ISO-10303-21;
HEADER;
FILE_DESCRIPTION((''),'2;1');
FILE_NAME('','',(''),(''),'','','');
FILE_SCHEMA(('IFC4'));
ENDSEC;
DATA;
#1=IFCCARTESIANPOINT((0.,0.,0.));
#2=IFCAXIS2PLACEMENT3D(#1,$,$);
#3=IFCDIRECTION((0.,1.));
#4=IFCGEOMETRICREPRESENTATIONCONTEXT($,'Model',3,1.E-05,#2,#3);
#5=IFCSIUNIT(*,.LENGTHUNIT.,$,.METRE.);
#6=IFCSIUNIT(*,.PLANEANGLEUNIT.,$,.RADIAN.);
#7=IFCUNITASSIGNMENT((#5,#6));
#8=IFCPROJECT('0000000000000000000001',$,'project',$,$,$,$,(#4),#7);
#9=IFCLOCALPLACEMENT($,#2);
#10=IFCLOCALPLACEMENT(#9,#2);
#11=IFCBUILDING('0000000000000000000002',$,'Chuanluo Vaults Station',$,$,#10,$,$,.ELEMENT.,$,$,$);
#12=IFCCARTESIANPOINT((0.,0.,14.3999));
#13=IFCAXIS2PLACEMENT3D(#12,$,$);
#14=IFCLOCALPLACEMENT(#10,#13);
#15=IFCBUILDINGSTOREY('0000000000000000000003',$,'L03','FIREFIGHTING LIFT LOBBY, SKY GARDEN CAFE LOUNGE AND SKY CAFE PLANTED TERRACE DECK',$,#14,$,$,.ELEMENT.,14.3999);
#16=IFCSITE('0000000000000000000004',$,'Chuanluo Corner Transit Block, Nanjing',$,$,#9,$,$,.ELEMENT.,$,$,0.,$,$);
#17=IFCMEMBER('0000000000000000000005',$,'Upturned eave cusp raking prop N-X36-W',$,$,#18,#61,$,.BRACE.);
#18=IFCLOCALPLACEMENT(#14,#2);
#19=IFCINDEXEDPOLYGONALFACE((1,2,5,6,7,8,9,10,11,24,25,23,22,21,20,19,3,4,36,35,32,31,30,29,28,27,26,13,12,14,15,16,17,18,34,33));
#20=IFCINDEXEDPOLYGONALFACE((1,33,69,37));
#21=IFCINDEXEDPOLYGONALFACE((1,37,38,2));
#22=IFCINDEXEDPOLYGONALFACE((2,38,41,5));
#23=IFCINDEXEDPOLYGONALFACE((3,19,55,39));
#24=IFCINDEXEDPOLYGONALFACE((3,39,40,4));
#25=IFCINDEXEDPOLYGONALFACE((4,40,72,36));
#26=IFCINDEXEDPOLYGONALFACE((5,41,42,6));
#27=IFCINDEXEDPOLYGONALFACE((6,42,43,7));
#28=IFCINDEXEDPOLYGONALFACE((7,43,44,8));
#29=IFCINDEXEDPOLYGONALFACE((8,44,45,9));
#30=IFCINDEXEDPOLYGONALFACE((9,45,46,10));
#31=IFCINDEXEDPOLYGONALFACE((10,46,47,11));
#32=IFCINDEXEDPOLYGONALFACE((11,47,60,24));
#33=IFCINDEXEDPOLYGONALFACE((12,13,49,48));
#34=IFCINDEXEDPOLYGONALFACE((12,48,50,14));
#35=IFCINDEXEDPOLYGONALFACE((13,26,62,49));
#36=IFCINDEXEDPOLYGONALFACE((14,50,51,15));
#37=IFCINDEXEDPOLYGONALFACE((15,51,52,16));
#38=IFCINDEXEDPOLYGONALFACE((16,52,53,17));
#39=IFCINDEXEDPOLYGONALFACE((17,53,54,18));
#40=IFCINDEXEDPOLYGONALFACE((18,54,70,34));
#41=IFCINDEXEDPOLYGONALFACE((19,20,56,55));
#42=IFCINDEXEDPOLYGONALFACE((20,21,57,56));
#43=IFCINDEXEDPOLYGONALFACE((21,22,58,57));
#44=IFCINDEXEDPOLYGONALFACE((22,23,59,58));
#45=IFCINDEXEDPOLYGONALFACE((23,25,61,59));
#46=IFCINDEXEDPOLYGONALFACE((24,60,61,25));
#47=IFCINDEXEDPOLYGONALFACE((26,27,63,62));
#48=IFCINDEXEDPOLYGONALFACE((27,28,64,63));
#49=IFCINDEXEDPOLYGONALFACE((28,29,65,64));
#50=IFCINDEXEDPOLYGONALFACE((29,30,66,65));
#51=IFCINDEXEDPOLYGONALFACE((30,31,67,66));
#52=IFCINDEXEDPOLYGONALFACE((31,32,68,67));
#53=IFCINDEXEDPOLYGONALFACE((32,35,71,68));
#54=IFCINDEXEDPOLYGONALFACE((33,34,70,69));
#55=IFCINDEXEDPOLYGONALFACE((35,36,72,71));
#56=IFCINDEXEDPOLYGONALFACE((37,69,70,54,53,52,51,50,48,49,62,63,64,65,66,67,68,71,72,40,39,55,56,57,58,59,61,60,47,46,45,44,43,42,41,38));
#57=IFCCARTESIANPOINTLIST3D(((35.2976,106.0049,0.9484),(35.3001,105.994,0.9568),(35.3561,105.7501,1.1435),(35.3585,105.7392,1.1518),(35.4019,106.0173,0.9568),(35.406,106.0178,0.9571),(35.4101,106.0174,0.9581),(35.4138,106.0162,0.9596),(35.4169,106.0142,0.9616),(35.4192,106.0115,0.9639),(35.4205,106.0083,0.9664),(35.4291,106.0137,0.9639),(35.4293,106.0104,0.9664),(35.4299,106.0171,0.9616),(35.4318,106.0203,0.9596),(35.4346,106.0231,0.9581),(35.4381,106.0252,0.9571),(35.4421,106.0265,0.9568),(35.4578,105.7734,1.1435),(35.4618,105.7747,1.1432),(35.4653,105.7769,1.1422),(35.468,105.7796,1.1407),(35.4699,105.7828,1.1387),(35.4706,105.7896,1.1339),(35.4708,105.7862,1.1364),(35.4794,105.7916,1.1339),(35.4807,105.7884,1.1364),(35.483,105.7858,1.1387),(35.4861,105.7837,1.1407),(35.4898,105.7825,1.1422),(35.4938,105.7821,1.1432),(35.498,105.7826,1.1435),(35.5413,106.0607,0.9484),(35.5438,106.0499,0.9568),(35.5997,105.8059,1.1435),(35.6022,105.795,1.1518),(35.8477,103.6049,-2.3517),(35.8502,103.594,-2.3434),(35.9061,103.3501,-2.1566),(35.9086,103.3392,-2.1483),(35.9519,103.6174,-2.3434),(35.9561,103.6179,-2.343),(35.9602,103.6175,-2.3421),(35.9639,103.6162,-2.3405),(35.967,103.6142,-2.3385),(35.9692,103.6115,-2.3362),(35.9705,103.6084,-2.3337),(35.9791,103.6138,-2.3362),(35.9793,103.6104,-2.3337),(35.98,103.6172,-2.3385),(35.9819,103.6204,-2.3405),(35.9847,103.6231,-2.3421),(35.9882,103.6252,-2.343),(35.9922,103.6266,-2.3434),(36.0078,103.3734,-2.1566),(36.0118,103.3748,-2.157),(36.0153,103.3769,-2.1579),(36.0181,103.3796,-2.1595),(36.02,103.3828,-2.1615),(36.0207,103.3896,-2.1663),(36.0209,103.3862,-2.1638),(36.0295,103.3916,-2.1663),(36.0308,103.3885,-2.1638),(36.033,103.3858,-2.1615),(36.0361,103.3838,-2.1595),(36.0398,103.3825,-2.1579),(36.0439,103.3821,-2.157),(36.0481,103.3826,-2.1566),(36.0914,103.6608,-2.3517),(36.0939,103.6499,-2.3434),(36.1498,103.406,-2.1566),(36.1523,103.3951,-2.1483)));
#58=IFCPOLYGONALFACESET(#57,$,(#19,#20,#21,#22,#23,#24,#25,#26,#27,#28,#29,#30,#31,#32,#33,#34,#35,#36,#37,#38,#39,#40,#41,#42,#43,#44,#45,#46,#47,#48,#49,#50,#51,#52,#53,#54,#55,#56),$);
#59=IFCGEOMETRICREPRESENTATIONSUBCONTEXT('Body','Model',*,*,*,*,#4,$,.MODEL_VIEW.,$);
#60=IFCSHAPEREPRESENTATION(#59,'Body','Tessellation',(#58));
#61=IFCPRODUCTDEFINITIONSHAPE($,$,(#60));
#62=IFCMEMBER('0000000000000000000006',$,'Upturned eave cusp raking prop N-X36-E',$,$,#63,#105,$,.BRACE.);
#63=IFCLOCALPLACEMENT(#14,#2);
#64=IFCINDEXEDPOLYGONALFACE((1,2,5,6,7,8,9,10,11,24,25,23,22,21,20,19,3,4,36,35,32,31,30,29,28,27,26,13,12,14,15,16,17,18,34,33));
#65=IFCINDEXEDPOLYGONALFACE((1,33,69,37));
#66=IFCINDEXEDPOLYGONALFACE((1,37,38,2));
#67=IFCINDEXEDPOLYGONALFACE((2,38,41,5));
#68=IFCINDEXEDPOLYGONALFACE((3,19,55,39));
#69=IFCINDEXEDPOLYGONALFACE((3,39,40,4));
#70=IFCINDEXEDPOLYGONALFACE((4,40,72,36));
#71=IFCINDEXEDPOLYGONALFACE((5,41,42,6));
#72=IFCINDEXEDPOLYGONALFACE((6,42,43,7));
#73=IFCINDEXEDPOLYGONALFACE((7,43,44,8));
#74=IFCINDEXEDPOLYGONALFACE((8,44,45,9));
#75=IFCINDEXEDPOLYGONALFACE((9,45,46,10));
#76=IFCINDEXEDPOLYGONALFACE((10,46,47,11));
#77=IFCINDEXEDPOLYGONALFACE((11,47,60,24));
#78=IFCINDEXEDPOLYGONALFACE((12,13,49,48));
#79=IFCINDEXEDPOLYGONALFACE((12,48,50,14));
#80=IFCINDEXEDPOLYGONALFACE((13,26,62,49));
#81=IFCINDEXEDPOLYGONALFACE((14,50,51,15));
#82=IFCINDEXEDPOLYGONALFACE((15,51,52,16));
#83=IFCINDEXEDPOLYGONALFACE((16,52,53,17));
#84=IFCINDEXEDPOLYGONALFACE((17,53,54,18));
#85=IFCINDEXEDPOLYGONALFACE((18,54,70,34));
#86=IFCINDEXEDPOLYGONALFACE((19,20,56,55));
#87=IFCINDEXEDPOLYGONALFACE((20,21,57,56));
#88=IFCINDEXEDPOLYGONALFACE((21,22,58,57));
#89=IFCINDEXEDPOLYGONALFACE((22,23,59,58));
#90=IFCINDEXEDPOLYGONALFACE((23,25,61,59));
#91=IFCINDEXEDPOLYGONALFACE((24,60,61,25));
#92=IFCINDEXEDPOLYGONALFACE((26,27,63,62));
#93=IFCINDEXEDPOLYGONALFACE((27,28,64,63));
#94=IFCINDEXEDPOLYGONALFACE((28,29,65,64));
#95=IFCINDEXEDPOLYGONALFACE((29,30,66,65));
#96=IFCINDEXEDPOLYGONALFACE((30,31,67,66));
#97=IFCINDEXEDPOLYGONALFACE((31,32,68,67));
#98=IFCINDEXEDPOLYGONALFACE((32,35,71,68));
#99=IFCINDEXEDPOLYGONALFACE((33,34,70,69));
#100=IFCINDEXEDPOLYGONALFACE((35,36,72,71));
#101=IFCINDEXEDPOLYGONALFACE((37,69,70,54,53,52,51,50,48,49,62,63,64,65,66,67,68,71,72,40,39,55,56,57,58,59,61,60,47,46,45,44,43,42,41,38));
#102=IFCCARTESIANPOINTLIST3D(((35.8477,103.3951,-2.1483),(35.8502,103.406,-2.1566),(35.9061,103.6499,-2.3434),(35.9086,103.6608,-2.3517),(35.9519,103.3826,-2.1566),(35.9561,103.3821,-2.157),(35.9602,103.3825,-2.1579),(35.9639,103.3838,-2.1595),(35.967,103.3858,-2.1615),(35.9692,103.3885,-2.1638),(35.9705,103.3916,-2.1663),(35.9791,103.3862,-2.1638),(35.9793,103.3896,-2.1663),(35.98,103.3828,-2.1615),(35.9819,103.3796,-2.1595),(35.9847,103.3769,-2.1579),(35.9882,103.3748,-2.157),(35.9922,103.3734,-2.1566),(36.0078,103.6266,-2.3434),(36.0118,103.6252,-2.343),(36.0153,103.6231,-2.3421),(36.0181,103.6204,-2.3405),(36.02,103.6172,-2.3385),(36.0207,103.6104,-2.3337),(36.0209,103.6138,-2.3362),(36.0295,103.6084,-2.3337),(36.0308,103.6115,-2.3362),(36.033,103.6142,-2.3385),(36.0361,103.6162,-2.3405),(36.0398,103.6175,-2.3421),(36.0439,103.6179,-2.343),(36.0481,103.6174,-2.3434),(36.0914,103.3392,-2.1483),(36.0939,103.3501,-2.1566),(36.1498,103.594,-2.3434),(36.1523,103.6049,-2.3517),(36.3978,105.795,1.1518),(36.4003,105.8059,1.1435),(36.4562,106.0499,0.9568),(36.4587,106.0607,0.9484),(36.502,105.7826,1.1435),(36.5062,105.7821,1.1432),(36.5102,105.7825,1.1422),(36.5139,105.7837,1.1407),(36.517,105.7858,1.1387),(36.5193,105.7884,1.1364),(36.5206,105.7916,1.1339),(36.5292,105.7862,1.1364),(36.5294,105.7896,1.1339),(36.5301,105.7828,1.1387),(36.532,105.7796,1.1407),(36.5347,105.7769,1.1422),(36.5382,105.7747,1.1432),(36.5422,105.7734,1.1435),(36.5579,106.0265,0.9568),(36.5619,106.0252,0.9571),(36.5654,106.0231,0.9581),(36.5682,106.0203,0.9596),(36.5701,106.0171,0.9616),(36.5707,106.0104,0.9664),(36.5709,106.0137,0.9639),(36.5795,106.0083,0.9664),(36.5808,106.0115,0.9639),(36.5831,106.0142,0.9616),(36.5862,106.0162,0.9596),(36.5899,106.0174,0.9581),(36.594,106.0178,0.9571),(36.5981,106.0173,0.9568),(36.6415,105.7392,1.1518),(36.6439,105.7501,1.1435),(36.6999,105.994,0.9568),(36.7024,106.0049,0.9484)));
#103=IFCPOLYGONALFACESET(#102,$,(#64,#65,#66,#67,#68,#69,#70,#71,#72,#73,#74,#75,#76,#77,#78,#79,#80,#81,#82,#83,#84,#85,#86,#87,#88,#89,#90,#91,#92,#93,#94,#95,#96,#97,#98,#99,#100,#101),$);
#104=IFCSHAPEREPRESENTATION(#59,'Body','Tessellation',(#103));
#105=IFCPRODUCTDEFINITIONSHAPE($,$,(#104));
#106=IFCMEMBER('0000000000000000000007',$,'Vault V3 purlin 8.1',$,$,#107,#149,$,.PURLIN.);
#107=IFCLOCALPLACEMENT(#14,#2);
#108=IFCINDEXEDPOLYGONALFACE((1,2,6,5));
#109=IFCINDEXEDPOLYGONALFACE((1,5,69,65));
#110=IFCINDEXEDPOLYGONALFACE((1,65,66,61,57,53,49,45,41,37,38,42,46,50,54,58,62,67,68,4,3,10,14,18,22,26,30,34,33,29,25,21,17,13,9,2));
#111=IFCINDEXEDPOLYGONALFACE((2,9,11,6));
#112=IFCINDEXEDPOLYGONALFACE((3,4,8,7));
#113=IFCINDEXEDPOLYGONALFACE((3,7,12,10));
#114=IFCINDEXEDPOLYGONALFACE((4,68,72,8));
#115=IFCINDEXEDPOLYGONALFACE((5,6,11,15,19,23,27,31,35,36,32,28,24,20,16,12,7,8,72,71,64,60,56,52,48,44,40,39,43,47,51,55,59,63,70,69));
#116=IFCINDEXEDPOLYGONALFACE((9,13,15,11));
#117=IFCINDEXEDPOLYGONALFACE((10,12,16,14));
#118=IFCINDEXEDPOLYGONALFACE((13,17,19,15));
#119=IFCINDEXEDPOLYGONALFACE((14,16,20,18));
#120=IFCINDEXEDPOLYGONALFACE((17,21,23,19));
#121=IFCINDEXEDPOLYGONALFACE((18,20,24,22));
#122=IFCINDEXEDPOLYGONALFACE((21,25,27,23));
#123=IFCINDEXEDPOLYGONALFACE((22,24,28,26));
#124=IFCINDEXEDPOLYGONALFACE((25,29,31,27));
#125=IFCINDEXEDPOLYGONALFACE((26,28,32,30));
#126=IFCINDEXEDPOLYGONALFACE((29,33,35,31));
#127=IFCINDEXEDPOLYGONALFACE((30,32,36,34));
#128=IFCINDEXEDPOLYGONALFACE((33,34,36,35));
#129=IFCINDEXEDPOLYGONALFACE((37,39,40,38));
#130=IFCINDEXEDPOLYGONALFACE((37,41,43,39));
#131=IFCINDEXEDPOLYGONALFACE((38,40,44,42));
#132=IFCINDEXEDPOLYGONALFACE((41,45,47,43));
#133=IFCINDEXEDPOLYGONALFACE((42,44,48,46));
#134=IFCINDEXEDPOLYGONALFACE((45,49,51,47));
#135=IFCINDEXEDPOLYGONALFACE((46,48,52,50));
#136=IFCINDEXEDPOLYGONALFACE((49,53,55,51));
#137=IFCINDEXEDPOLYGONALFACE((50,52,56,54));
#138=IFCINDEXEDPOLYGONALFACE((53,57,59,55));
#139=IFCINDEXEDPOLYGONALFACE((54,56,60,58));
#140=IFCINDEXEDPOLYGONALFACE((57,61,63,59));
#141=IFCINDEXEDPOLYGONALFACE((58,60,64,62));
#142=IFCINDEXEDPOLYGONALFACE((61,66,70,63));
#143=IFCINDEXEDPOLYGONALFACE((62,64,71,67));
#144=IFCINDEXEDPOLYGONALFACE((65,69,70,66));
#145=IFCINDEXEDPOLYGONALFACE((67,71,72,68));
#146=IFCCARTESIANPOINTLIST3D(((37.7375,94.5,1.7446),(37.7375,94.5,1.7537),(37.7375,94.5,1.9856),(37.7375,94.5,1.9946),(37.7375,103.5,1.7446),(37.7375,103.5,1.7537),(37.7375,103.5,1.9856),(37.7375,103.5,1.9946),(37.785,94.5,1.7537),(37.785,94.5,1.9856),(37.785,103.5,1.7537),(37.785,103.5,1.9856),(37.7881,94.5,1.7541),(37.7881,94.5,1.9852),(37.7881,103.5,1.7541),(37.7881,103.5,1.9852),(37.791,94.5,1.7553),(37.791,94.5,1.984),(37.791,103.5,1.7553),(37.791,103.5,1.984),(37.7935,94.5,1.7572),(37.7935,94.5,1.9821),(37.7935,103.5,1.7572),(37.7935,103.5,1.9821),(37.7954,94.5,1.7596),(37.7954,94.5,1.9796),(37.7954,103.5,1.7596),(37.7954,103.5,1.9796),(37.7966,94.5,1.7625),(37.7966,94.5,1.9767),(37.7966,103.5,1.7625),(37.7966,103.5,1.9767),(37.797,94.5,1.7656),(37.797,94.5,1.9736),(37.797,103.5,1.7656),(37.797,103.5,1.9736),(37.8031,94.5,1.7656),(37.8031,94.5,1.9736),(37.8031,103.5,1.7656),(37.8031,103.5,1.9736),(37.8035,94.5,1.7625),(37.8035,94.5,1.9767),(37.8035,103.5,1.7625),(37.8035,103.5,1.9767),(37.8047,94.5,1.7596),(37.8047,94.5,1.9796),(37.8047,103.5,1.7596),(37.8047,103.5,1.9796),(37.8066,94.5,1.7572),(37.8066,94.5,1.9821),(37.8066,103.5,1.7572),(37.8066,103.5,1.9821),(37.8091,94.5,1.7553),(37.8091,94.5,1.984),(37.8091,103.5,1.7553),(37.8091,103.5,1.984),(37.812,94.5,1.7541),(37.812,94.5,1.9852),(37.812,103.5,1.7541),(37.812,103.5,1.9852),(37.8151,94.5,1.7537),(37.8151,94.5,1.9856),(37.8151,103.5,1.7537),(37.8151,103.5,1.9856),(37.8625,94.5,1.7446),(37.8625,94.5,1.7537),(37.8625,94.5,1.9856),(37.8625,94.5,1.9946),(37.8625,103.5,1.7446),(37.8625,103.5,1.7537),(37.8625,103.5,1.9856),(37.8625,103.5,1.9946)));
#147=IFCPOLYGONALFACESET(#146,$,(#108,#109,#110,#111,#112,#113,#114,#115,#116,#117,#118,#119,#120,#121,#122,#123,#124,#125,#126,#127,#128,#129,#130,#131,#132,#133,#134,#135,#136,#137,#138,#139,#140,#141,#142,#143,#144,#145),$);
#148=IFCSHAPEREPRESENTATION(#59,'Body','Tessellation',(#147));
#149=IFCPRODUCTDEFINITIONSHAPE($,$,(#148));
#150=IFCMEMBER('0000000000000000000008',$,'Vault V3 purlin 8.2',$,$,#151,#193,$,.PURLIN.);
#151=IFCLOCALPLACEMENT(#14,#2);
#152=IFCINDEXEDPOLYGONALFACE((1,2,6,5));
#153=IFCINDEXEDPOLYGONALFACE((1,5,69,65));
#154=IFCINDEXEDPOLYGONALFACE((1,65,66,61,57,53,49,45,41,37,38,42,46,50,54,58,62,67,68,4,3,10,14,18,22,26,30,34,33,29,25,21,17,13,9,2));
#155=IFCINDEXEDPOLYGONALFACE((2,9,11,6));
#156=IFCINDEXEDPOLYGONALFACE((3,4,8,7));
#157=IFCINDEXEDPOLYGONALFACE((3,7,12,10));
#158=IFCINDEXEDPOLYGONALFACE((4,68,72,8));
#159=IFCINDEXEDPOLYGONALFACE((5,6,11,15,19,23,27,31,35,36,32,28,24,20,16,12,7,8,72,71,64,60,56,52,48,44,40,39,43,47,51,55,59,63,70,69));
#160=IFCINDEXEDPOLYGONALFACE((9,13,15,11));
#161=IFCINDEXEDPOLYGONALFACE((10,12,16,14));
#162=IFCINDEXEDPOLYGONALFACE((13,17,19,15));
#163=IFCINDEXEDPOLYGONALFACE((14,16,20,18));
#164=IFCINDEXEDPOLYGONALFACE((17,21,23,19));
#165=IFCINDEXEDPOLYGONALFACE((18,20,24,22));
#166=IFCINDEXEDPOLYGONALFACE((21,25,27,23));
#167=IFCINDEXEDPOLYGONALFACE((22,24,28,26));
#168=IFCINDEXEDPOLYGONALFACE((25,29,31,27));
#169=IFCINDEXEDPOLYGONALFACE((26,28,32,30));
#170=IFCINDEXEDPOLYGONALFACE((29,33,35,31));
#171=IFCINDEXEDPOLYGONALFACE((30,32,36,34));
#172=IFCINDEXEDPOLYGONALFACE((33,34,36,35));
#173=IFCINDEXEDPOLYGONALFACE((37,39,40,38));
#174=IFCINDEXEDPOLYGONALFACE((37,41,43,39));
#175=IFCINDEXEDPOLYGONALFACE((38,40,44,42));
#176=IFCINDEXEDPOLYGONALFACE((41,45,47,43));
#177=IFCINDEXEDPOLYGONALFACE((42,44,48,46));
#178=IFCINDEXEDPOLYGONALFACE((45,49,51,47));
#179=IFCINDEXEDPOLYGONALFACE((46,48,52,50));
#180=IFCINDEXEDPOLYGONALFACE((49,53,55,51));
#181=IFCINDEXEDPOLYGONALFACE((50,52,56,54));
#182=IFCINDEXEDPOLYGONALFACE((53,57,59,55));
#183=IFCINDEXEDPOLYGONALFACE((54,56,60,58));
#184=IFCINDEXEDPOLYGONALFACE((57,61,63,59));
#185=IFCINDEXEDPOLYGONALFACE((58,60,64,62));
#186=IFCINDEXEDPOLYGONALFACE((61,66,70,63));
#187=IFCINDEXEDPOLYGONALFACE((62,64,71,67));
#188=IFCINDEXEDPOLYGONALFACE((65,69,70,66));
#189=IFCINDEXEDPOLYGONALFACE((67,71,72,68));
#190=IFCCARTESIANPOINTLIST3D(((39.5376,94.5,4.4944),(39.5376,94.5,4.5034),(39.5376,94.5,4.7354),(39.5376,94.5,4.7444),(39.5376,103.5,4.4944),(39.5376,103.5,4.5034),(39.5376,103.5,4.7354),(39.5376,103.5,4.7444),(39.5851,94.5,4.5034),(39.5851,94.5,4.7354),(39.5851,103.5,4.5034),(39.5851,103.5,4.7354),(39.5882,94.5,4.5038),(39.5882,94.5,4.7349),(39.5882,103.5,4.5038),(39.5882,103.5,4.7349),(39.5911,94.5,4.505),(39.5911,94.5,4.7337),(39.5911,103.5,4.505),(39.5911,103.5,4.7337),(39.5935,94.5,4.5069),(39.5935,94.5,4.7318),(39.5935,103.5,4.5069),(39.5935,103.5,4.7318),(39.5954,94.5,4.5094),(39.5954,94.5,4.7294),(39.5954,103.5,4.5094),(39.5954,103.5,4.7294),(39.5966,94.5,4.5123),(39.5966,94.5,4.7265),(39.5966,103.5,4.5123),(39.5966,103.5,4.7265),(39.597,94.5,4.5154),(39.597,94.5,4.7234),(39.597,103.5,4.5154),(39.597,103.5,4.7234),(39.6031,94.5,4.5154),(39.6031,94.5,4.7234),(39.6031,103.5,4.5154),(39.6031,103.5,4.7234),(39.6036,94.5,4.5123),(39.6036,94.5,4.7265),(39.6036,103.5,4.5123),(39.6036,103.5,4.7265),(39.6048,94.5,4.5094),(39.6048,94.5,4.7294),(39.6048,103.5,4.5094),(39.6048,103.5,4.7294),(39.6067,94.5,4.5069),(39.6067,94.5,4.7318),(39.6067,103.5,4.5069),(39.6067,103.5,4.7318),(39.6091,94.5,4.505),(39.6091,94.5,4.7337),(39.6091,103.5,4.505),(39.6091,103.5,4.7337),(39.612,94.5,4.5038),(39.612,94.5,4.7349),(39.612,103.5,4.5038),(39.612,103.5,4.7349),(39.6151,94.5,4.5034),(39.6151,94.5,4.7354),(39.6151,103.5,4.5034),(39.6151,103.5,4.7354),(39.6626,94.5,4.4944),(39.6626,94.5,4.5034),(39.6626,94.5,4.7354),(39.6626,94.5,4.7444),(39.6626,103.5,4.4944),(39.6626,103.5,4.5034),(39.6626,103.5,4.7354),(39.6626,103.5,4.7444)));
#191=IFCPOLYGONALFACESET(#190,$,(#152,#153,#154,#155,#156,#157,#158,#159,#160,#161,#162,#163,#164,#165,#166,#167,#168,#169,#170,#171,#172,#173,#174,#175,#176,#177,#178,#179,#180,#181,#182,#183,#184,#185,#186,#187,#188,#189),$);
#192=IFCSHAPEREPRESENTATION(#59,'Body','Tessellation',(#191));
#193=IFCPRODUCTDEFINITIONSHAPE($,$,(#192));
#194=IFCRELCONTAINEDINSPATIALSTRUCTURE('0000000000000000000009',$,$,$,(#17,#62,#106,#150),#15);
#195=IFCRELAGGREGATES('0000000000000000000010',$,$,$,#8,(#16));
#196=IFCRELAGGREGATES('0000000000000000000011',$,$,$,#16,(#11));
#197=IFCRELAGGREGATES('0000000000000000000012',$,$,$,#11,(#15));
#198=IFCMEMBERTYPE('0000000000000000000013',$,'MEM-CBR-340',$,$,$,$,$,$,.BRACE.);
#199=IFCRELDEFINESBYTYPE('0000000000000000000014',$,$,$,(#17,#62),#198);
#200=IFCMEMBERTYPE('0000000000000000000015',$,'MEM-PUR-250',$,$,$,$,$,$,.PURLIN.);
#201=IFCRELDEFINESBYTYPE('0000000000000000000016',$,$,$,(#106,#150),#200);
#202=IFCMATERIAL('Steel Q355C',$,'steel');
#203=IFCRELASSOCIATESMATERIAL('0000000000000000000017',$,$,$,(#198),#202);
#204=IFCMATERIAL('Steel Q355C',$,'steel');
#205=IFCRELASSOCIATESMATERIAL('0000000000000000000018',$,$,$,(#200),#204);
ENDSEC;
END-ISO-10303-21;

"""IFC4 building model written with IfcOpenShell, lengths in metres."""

from ifc_helpers import new_model, si_unit, direction, frame, origin, origin_2d, place, context, subcontext, project, spatial, i_section, extrude, material, material_profile, profile_set, type_object, element, save


model = new_model("IFC4")

# Units and contexts
model_context = context("Model", 3, precision=1e-05, world=origin(), true_north=direction((0.0, 1.0)))
body_context = subcontext(model_context, "Body", "Model", "MODEL_VIEW")
ifc_project = project(units=[si_unit("LENGTHUNIT", "METRE"), si_unit("PLANEANGLEUNIT", "RADIAN")], contexts=[model_context])

# Site, building, storey
site_placement = place(None, origin())
site = spatial("IfcSite", under=ifc_project, at=site_placement, Name="Chuanluo Corner Transit Block, Nanjing", CompositionType="ELEMENT", RefElevation=0.0)
building_placement = place(site_placement, origin())
building = spatial("IfcBuilding", under=site, at=building_placement, Name="Chuanluo Vaults Station", CompositionType="ELEMENT")
storey_placement = place(building_placement, frame((0.0, 0.0, 14.3999)))
storey = spatial("IfcBuildingStorey", under=building, at=storey_placement, Name="L03", Description="FIREFIGHTING LIFT LOBBY, SKY GARDEN CAFE LOUNGE AND SKY CAFE PLANTED TERRACE DECK", CompositionType="ELEMENT", Elevation=14.3999)

# Members
ifc_material_1 = material(Name="Steel Q355C", Category="steel")
ifc_material_profile_1 = material_profile(ifc_material_1, i_section(OverallWidth=0.25, OverallDepth=0.3401, WebThickness=0.009, FlangeThickness=0.0139, FilletRadius=0.0161, at=origin_2d()))
ifc_profile_set_1 = profile_set([ifc_material_profile_1], Name="Steel Q355C")
member_type_1 = type_object("IfcMemberType", Name="MEM-CBR-340", PredefinedType="BRACE", material=ifc_profile_set_1)
for number, where, z_axis, x_axis, name in (
    (1, (36.0, 103.5, -2.25), (-0.133594, 0.582878, 0.801502), (-0.974726, -0.223404, 0.0), "Upturned eave cusp raking prop N-X36-W"),
    (2, (36.0, 103.5, -2.25), (0.133594, 0.582878, 0.801502), (-0.974726, 0.223404, 0.0), "Upturned eave cusp raking prop N-X36-E"),
):
    element("IfcMember", number, at=place(storey_placement, frame(where, z_axis=z_axis, x_axis=x_axis)), inside=storey, type_object=member_type_1, Name=name, PredefinedType="BRACE", context=body_context, shape_type="SweptSolid", body=[
        extrude(i_section(OverallWidth=0.25, OverallDepth=0.3401, WebThickness=0.009, FlangeThickness=0.0139, FilletRadius=0.0161, at=origin_2d()), origin(), (0.0, 0.0, 1.0), 4.1174),
    ])
ifc_material_2 = material(Name="Steel Q355C", Category="steel")
ifc_material_profile_2 = material_profile(ifc_material_2, i_section(OverallWidth=0.125, OverallDepth=0.25, WebThickness=0.0061, FlangeThickness=0.009, FilletRadius=0.012, at=origin_2d()))
ifc_profile_set_2 = profile_set([ifc_material_profile_2], Name="Steel Q355C")
member_type_2 = type_object("IfcMemberType", Name="MEM-PUR-250", PredefinedType="PURLIN", material=ifc_profile_set_2)
for number, where, z_axis, x_axis, name in (
    (3, (37.8, 94.5, 1.8696), (0.0, 1.0, 0.0), (-1.0, 0.0, 0.0), "Vault V3 purlin 8.1"),
    (4, (39.6001, 94.5, 4.6194), (0.0, 1.0, 0.0), (-1.0, 0.0, 0.0), "Vault V3 purlin 8.2"),
):
    element("IfcMember", number, at=place(storey_placement, frame(where, z_axis=z_axis, x_axis=x_axis)), inside=storey, type_object=member_type_2, Name=name, PredefinedType="PURLIN", context=body_context, shape_type="SweptSolid", body=[
        extrude(i_section(OverallWidth=0.125, OverallDepth=0.25, WebThickness=0.0061, FlangeThickness=0.009, FilletRadius=0.012, at=origin_2d()), origin(), (0.0, 0.0, 1.0), 9.0),
    ])

save(model, "model.ifc")
